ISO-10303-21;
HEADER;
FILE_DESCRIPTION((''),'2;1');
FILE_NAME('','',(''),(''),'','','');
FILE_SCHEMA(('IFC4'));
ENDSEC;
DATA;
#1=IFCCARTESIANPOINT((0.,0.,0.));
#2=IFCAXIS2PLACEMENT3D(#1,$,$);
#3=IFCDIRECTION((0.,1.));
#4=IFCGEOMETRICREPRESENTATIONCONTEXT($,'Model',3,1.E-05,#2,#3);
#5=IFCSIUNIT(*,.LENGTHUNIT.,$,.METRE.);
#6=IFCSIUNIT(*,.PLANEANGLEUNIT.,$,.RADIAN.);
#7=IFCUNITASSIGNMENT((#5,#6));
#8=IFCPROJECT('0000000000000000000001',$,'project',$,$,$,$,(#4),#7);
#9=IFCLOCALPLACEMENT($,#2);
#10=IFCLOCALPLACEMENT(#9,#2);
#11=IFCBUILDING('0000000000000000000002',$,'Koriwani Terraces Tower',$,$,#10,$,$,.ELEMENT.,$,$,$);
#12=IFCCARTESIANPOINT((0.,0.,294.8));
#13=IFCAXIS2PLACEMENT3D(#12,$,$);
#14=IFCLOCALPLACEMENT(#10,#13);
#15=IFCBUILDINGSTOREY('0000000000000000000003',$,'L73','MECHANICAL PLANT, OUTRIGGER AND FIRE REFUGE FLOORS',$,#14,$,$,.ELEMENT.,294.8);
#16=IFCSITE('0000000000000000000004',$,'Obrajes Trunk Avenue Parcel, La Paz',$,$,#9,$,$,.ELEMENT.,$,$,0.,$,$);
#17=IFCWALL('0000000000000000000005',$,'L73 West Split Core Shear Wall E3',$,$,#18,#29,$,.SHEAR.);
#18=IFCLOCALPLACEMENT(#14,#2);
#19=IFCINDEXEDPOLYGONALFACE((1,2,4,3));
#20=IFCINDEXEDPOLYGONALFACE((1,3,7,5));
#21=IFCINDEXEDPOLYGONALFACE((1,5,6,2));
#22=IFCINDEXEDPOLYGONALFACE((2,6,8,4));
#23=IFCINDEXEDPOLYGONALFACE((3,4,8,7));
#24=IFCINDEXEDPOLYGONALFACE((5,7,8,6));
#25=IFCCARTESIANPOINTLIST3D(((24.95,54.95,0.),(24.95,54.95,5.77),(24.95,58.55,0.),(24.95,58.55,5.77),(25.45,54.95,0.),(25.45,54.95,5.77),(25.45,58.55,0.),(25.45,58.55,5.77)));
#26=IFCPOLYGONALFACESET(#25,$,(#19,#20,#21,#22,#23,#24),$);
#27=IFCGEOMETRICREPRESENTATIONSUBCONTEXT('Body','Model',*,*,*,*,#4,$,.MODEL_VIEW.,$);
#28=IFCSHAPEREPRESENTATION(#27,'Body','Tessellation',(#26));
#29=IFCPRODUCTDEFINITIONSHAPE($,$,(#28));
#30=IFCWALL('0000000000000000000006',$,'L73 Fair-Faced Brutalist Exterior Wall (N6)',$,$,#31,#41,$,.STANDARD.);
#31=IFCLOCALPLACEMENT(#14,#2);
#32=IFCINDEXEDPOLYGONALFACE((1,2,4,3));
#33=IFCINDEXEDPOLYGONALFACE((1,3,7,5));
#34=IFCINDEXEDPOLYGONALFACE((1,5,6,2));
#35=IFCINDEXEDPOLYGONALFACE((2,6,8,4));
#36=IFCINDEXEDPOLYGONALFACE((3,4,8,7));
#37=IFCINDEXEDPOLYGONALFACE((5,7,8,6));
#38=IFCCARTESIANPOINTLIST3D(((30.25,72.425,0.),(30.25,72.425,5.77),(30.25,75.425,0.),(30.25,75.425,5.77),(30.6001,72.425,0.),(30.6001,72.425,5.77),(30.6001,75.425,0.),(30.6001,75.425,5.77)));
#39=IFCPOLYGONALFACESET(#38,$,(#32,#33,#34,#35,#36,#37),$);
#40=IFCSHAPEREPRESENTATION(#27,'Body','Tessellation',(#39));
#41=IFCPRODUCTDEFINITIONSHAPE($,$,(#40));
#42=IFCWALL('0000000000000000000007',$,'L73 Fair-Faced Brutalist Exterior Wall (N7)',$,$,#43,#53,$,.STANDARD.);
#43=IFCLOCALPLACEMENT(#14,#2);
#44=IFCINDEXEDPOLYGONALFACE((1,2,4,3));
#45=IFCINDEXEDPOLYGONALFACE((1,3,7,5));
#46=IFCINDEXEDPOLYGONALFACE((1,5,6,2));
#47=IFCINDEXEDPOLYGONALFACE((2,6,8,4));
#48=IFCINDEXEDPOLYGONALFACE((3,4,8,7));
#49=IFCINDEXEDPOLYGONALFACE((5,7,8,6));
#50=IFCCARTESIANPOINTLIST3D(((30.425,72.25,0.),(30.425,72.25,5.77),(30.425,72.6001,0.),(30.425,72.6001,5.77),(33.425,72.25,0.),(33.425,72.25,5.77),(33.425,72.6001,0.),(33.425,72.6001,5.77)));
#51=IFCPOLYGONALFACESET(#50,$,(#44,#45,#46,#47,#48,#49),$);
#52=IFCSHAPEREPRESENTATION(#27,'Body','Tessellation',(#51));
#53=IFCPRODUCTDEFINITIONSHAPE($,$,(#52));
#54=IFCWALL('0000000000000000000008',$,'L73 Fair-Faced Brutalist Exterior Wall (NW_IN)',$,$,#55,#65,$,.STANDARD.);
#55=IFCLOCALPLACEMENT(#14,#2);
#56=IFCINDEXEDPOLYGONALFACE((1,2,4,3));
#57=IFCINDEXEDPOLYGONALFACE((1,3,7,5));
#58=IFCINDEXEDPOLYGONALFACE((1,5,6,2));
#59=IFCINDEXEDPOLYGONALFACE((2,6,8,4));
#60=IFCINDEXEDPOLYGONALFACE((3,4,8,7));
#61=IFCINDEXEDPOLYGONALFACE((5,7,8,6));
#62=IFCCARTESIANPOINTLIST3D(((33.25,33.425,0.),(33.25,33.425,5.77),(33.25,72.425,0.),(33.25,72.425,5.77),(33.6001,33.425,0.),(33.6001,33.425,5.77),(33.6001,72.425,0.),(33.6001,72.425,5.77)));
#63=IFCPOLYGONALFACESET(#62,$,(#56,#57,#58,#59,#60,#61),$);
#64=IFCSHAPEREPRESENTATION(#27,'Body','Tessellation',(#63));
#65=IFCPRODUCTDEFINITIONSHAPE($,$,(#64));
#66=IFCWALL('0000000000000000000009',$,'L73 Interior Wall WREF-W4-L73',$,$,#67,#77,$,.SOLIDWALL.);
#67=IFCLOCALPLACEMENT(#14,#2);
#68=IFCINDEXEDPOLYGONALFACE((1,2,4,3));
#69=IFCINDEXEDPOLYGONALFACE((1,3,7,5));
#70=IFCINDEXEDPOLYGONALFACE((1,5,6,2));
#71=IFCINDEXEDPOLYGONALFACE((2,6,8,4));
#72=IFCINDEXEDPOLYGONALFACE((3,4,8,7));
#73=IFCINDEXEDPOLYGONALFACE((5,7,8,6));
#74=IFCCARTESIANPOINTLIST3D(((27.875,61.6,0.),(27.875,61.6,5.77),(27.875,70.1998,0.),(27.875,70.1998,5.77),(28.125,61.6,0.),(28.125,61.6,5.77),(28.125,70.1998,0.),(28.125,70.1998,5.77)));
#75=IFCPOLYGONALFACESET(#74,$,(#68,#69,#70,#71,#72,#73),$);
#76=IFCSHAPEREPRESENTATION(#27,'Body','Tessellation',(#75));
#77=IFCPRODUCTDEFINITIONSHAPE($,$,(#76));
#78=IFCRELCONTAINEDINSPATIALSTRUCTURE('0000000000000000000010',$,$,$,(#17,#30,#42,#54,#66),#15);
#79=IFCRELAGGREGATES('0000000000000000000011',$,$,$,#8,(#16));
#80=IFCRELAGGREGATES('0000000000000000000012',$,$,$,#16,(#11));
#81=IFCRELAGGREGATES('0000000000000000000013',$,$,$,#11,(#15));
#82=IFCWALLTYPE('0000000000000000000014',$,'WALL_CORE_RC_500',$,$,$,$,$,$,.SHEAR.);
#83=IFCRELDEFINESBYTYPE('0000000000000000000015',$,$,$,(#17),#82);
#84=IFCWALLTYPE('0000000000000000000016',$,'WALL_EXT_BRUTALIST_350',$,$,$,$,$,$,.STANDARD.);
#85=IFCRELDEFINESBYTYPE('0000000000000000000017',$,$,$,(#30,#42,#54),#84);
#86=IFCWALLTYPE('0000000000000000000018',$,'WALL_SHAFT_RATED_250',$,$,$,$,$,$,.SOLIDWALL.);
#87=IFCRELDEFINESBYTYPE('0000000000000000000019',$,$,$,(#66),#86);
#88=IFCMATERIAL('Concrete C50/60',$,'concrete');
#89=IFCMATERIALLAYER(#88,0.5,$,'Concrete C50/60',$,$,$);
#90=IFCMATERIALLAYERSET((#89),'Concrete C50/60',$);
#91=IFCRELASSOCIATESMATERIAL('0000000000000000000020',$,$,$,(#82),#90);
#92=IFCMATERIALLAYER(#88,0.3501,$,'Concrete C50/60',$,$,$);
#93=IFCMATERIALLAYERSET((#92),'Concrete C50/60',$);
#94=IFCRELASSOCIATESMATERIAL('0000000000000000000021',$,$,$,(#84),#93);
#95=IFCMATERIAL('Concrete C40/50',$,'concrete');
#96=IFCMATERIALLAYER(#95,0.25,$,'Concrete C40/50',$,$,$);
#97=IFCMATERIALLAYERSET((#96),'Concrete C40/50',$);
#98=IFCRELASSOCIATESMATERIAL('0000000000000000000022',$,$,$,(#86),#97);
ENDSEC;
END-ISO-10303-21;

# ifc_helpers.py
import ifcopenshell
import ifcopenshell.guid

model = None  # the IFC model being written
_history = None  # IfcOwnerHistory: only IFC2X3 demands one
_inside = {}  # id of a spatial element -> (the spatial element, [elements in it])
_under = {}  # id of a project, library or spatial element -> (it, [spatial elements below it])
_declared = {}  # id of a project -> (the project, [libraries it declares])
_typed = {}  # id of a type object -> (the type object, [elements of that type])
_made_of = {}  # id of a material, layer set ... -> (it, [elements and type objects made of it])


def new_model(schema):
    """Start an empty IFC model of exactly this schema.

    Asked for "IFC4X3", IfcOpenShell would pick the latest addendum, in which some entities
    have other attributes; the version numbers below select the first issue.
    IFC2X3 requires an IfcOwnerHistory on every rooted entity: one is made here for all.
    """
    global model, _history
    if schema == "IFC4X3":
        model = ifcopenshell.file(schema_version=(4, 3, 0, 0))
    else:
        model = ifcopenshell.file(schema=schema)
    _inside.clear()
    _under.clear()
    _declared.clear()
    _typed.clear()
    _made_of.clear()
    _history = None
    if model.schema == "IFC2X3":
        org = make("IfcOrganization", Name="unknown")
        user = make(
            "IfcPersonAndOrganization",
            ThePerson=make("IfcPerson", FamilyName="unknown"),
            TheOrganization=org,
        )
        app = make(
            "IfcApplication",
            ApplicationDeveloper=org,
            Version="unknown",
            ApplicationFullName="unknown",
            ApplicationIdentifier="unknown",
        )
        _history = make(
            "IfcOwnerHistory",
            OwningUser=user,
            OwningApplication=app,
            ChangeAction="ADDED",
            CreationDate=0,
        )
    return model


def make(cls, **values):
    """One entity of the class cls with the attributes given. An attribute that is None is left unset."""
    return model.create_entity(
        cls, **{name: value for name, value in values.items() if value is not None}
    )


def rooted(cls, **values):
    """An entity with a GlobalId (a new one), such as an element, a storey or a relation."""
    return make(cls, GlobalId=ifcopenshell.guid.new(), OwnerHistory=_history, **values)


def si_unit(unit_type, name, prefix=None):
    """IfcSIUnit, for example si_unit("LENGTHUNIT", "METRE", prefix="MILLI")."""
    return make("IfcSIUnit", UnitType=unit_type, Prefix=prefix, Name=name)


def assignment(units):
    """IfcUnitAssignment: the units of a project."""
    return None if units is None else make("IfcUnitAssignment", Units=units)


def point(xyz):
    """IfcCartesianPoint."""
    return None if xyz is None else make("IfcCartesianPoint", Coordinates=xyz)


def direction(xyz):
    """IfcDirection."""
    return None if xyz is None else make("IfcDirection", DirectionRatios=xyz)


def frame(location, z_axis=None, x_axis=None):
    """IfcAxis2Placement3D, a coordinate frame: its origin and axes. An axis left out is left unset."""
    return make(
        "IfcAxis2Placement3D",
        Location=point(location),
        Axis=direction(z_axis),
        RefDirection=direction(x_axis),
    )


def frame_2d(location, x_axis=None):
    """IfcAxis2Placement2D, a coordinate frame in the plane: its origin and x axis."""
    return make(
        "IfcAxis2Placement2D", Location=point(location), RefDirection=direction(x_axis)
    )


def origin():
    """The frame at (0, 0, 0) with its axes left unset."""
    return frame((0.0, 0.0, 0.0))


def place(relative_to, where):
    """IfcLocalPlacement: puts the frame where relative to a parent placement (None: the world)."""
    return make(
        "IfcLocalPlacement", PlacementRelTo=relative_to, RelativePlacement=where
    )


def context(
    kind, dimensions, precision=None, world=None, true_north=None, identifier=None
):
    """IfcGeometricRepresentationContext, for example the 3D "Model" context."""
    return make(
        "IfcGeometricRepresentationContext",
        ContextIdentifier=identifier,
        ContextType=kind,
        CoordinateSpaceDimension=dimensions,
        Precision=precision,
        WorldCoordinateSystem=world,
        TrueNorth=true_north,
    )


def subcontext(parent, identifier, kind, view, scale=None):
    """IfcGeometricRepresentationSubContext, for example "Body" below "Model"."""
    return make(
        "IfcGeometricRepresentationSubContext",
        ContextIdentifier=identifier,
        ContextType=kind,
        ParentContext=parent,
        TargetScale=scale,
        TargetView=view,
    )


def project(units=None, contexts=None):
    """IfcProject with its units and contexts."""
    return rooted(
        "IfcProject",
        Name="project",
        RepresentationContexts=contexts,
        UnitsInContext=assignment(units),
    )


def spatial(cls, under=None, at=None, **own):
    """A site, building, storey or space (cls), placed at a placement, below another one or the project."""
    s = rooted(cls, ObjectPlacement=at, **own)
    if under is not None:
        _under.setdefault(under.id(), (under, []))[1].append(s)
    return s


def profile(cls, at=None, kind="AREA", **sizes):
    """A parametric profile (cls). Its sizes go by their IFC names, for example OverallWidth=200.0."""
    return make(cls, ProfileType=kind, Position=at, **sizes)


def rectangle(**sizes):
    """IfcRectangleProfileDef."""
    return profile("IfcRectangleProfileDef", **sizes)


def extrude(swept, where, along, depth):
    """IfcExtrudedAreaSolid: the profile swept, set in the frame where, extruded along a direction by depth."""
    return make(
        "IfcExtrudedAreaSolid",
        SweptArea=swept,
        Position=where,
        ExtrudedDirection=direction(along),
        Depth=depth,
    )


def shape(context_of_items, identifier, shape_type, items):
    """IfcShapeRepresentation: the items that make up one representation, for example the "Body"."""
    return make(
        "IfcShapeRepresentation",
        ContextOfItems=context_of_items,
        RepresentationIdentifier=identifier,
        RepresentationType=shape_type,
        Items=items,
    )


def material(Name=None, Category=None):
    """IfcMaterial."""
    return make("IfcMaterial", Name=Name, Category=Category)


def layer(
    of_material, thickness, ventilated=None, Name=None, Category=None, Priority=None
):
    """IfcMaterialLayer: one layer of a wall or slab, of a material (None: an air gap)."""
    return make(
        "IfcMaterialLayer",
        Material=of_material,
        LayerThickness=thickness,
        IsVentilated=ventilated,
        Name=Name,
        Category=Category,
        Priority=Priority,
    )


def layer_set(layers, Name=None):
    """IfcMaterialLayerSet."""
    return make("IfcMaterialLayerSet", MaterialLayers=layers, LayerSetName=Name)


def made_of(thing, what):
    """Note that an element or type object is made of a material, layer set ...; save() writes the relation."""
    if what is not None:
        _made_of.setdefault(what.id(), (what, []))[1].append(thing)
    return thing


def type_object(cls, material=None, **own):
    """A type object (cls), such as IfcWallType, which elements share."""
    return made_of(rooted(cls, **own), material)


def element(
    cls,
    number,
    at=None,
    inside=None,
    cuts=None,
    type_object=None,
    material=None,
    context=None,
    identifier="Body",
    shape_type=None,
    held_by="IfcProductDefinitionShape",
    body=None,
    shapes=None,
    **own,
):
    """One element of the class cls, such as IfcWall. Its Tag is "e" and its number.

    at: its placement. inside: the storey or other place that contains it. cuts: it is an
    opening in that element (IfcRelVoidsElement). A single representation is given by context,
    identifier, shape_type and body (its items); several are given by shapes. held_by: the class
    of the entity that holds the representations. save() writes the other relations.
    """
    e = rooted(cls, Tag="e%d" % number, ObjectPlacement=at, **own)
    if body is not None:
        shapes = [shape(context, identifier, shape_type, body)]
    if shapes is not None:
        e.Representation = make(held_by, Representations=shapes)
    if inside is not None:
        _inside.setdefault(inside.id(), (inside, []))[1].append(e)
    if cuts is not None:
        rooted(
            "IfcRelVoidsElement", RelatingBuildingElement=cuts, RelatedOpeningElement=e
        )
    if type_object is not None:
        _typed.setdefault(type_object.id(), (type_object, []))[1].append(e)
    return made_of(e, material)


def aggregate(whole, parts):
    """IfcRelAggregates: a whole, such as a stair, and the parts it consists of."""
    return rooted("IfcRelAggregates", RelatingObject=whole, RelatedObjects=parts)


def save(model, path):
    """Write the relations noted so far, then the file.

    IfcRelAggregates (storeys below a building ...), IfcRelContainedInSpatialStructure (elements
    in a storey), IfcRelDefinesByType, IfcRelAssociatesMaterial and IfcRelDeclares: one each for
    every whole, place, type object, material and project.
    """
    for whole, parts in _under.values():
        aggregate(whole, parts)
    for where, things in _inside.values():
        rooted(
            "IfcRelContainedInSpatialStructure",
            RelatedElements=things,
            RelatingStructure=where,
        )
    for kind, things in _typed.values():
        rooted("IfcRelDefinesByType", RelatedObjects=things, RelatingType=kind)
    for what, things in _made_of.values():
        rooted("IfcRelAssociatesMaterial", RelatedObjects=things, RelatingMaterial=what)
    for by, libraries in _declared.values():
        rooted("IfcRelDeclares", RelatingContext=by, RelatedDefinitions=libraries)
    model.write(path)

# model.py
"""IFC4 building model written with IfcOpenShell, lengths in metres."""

from ifc_helpers import new_model, si_unit, direction, frame, frame_2d, origin, place, context, subcontext, project, spatial, rectangle, extrude, material, layer, layer_set, type_object, element, save


model = new_model("IFC4")

# Units and contexts
model_context = context("Model", 3, precision=1e-05, world=origin(), true_north=direction((0.0, 1.0)))
body_context = subcontext(model_context, "Body", "Model", "MODEL_VIEW")
ifc_project = project(units=[si_unit("LENGTHUNIT", "METRE"), si_unit("PLANEANGLEUNIT", "RADIAN")], contexts=[model_context])

# Site, building, storey
site_placement = place(None, origin())
site = spatial("IfcSite", under=ifc_project, at=site_placement, Name="Obrajes Trunk Avenue Parcel, La Paz", CompositionType="ELEMENT", RefElevation=0.0)
building_placement = place(site_placement, origin())
building = spatial("IfcBuilding", under=site, at=building_placement, Name="Koriwani Terraces Tower", CompositionType="ELEMENT")
storey_placement = place(building_placement, frame((0.0, 0.0, 294.8)))
storey = spatial("IfcBuildingStorey", under=building, at=storey_placement, Name="L73", Description="MECHANICAL PLANT, OUTRIGGER AND FIRE REFUGE FLOORS", CompositionType="ELEMENT", Elevation=294.8)

# Shared definitions
ifc_material_1 = material(Name="Concrete C50/60", Category="concrete")

# Shared definitions
ifc_material_2 = material(Name="Concrete C40/50", Category="concrete")

# Walls
ifc_layer_1 = layer(ifc_material_1, 0.5, Name="Concrete C50/60")
ifc_layer_set_1 = layer_set([ifc_layer_1], Name="Concrete C50/60")
wall_type_1 = type_object("IfcWallType", Name="WALL_CORE_RC_500", PredefinedType="SHEAR", material=ifc_layer_set_1)
wall_1_placement = place(storey_placement, frame((25.2, 54.95, 0.0), z_axis=(0.0, 0.0, 1.0), x_axis=(0.0, 1.0, 0.0)))
element("IfcWall", 1, at=wall_1_placement, inside=storey, type_object=wall_type_1, Name="L73 West Split Core Shear Wall E3", PredefinedType="SHEAR", context=body_context, shape_type="SweptSolid", body=[
    extrude(rectangle(XDim=3.6001, YDim=0.5, at=frame_2d((1.8, 0.0))), origin(), (0.0, 0.0, 1.0), 5.77),
])
ifc_layer_2 = layer(ifc_material_1, 0.3501, Name="Concrete C50/60")
ifc_layer_set_2 = layer_set([ifc_layer_2], Name="Concrete C50/60")
wall_type_2 = type_object("IfcWallType", Name="WALL_EXT_BRUTALIST_350", PredefinedType="STANDARD", material=ifc_layer_set_2)
for number, where, z_axis, x_axis, name in (
    (2, (30.425, 75.425, 0.0), (0.0, 0.0, 1.0), (0.0, -1.0, 0.0), "L73 Fair-Faced Brutalist Exterior Wall (N6)"),
    (3, (30.425, 72.425, 0.0), (0.0, 0.0, 1.0), (1.0, 0.0, 0.0), "L73 Fair-Faced Brutalist Exterior Wall (N7)"),
):
    element("IfcWall", number, at=place(storey_placement, frame(where, z_axis=z_axis, x_axis=x_axis)), inside=storey, type_object=wall_type_2, Name=name, PredefinedType="STANDARD", context=body_context, shape_type="SweptSolid", body=[
        extrude(rectangle(XDim=3.0, YDim=0.3501, at=frame_2d((1.5, 0.0))), origin(), (0.0, 0.0, 1.0), 5.77),
    ])
wall_2_placement = place(storey_placement, frame((33.425, 72.425, 0.0), z_axis=(0.0, 0.0, 1.0), x_axis=(0.0, -1.0, 0.0)))
element("IfcWall", 4, at=wall_2_placement, inside=storey, type_object=wall_type_2, Name="L73 Fair-Faced Brutalist Exterior Wall (NW_IN)", PredefinedType="STANDARD", context=body_context, shape_type="SweptSolid", body=[
    extrude(rectangle(XDim=39.0, YDim=0.3501, at=frame_2d((19.5, 0.0))), origin(), (0.0, 0.0, 1.0), 5.77),
])

# Shared definitions
ifc_layer_3 = layer(ifc_material_2, 0.25, Name="Concrete C40/50")
ifc_layer_set_3 = layer_set([ifc_layer_3], Name="Concrete C40/50")
wall_type_3 = type_object("IfcWallType", Name="WALL_SHAFT_RATED_250", PredefinedType="SOLIDWALL", material=ifc_layer_set_3)

# Wall
wall_3_placement = place(storey_placement, frame((28.0, 61.6001, 0.0), z_axis=(0.0, 0.0, 1.0), x_axis=(0.0, 1.0, 0.0)))
element("IfcWall", 5, at=wall_3_placement, inside=storey, type_object=wall_type_3, Name="L73 Interior Wall WREF-W4-L73", PredefinedType="SOLIDWALL", context=body_context, shape_type="SweptSolid", body=[
    extrude(rectangle(XDim=8.5999, YDim=0.25, at=frame_2d((4.2998, 0.0))), origin(), (0.0, 0.0, 1.0), 5.77),
])

save(model, "model.ifc")
